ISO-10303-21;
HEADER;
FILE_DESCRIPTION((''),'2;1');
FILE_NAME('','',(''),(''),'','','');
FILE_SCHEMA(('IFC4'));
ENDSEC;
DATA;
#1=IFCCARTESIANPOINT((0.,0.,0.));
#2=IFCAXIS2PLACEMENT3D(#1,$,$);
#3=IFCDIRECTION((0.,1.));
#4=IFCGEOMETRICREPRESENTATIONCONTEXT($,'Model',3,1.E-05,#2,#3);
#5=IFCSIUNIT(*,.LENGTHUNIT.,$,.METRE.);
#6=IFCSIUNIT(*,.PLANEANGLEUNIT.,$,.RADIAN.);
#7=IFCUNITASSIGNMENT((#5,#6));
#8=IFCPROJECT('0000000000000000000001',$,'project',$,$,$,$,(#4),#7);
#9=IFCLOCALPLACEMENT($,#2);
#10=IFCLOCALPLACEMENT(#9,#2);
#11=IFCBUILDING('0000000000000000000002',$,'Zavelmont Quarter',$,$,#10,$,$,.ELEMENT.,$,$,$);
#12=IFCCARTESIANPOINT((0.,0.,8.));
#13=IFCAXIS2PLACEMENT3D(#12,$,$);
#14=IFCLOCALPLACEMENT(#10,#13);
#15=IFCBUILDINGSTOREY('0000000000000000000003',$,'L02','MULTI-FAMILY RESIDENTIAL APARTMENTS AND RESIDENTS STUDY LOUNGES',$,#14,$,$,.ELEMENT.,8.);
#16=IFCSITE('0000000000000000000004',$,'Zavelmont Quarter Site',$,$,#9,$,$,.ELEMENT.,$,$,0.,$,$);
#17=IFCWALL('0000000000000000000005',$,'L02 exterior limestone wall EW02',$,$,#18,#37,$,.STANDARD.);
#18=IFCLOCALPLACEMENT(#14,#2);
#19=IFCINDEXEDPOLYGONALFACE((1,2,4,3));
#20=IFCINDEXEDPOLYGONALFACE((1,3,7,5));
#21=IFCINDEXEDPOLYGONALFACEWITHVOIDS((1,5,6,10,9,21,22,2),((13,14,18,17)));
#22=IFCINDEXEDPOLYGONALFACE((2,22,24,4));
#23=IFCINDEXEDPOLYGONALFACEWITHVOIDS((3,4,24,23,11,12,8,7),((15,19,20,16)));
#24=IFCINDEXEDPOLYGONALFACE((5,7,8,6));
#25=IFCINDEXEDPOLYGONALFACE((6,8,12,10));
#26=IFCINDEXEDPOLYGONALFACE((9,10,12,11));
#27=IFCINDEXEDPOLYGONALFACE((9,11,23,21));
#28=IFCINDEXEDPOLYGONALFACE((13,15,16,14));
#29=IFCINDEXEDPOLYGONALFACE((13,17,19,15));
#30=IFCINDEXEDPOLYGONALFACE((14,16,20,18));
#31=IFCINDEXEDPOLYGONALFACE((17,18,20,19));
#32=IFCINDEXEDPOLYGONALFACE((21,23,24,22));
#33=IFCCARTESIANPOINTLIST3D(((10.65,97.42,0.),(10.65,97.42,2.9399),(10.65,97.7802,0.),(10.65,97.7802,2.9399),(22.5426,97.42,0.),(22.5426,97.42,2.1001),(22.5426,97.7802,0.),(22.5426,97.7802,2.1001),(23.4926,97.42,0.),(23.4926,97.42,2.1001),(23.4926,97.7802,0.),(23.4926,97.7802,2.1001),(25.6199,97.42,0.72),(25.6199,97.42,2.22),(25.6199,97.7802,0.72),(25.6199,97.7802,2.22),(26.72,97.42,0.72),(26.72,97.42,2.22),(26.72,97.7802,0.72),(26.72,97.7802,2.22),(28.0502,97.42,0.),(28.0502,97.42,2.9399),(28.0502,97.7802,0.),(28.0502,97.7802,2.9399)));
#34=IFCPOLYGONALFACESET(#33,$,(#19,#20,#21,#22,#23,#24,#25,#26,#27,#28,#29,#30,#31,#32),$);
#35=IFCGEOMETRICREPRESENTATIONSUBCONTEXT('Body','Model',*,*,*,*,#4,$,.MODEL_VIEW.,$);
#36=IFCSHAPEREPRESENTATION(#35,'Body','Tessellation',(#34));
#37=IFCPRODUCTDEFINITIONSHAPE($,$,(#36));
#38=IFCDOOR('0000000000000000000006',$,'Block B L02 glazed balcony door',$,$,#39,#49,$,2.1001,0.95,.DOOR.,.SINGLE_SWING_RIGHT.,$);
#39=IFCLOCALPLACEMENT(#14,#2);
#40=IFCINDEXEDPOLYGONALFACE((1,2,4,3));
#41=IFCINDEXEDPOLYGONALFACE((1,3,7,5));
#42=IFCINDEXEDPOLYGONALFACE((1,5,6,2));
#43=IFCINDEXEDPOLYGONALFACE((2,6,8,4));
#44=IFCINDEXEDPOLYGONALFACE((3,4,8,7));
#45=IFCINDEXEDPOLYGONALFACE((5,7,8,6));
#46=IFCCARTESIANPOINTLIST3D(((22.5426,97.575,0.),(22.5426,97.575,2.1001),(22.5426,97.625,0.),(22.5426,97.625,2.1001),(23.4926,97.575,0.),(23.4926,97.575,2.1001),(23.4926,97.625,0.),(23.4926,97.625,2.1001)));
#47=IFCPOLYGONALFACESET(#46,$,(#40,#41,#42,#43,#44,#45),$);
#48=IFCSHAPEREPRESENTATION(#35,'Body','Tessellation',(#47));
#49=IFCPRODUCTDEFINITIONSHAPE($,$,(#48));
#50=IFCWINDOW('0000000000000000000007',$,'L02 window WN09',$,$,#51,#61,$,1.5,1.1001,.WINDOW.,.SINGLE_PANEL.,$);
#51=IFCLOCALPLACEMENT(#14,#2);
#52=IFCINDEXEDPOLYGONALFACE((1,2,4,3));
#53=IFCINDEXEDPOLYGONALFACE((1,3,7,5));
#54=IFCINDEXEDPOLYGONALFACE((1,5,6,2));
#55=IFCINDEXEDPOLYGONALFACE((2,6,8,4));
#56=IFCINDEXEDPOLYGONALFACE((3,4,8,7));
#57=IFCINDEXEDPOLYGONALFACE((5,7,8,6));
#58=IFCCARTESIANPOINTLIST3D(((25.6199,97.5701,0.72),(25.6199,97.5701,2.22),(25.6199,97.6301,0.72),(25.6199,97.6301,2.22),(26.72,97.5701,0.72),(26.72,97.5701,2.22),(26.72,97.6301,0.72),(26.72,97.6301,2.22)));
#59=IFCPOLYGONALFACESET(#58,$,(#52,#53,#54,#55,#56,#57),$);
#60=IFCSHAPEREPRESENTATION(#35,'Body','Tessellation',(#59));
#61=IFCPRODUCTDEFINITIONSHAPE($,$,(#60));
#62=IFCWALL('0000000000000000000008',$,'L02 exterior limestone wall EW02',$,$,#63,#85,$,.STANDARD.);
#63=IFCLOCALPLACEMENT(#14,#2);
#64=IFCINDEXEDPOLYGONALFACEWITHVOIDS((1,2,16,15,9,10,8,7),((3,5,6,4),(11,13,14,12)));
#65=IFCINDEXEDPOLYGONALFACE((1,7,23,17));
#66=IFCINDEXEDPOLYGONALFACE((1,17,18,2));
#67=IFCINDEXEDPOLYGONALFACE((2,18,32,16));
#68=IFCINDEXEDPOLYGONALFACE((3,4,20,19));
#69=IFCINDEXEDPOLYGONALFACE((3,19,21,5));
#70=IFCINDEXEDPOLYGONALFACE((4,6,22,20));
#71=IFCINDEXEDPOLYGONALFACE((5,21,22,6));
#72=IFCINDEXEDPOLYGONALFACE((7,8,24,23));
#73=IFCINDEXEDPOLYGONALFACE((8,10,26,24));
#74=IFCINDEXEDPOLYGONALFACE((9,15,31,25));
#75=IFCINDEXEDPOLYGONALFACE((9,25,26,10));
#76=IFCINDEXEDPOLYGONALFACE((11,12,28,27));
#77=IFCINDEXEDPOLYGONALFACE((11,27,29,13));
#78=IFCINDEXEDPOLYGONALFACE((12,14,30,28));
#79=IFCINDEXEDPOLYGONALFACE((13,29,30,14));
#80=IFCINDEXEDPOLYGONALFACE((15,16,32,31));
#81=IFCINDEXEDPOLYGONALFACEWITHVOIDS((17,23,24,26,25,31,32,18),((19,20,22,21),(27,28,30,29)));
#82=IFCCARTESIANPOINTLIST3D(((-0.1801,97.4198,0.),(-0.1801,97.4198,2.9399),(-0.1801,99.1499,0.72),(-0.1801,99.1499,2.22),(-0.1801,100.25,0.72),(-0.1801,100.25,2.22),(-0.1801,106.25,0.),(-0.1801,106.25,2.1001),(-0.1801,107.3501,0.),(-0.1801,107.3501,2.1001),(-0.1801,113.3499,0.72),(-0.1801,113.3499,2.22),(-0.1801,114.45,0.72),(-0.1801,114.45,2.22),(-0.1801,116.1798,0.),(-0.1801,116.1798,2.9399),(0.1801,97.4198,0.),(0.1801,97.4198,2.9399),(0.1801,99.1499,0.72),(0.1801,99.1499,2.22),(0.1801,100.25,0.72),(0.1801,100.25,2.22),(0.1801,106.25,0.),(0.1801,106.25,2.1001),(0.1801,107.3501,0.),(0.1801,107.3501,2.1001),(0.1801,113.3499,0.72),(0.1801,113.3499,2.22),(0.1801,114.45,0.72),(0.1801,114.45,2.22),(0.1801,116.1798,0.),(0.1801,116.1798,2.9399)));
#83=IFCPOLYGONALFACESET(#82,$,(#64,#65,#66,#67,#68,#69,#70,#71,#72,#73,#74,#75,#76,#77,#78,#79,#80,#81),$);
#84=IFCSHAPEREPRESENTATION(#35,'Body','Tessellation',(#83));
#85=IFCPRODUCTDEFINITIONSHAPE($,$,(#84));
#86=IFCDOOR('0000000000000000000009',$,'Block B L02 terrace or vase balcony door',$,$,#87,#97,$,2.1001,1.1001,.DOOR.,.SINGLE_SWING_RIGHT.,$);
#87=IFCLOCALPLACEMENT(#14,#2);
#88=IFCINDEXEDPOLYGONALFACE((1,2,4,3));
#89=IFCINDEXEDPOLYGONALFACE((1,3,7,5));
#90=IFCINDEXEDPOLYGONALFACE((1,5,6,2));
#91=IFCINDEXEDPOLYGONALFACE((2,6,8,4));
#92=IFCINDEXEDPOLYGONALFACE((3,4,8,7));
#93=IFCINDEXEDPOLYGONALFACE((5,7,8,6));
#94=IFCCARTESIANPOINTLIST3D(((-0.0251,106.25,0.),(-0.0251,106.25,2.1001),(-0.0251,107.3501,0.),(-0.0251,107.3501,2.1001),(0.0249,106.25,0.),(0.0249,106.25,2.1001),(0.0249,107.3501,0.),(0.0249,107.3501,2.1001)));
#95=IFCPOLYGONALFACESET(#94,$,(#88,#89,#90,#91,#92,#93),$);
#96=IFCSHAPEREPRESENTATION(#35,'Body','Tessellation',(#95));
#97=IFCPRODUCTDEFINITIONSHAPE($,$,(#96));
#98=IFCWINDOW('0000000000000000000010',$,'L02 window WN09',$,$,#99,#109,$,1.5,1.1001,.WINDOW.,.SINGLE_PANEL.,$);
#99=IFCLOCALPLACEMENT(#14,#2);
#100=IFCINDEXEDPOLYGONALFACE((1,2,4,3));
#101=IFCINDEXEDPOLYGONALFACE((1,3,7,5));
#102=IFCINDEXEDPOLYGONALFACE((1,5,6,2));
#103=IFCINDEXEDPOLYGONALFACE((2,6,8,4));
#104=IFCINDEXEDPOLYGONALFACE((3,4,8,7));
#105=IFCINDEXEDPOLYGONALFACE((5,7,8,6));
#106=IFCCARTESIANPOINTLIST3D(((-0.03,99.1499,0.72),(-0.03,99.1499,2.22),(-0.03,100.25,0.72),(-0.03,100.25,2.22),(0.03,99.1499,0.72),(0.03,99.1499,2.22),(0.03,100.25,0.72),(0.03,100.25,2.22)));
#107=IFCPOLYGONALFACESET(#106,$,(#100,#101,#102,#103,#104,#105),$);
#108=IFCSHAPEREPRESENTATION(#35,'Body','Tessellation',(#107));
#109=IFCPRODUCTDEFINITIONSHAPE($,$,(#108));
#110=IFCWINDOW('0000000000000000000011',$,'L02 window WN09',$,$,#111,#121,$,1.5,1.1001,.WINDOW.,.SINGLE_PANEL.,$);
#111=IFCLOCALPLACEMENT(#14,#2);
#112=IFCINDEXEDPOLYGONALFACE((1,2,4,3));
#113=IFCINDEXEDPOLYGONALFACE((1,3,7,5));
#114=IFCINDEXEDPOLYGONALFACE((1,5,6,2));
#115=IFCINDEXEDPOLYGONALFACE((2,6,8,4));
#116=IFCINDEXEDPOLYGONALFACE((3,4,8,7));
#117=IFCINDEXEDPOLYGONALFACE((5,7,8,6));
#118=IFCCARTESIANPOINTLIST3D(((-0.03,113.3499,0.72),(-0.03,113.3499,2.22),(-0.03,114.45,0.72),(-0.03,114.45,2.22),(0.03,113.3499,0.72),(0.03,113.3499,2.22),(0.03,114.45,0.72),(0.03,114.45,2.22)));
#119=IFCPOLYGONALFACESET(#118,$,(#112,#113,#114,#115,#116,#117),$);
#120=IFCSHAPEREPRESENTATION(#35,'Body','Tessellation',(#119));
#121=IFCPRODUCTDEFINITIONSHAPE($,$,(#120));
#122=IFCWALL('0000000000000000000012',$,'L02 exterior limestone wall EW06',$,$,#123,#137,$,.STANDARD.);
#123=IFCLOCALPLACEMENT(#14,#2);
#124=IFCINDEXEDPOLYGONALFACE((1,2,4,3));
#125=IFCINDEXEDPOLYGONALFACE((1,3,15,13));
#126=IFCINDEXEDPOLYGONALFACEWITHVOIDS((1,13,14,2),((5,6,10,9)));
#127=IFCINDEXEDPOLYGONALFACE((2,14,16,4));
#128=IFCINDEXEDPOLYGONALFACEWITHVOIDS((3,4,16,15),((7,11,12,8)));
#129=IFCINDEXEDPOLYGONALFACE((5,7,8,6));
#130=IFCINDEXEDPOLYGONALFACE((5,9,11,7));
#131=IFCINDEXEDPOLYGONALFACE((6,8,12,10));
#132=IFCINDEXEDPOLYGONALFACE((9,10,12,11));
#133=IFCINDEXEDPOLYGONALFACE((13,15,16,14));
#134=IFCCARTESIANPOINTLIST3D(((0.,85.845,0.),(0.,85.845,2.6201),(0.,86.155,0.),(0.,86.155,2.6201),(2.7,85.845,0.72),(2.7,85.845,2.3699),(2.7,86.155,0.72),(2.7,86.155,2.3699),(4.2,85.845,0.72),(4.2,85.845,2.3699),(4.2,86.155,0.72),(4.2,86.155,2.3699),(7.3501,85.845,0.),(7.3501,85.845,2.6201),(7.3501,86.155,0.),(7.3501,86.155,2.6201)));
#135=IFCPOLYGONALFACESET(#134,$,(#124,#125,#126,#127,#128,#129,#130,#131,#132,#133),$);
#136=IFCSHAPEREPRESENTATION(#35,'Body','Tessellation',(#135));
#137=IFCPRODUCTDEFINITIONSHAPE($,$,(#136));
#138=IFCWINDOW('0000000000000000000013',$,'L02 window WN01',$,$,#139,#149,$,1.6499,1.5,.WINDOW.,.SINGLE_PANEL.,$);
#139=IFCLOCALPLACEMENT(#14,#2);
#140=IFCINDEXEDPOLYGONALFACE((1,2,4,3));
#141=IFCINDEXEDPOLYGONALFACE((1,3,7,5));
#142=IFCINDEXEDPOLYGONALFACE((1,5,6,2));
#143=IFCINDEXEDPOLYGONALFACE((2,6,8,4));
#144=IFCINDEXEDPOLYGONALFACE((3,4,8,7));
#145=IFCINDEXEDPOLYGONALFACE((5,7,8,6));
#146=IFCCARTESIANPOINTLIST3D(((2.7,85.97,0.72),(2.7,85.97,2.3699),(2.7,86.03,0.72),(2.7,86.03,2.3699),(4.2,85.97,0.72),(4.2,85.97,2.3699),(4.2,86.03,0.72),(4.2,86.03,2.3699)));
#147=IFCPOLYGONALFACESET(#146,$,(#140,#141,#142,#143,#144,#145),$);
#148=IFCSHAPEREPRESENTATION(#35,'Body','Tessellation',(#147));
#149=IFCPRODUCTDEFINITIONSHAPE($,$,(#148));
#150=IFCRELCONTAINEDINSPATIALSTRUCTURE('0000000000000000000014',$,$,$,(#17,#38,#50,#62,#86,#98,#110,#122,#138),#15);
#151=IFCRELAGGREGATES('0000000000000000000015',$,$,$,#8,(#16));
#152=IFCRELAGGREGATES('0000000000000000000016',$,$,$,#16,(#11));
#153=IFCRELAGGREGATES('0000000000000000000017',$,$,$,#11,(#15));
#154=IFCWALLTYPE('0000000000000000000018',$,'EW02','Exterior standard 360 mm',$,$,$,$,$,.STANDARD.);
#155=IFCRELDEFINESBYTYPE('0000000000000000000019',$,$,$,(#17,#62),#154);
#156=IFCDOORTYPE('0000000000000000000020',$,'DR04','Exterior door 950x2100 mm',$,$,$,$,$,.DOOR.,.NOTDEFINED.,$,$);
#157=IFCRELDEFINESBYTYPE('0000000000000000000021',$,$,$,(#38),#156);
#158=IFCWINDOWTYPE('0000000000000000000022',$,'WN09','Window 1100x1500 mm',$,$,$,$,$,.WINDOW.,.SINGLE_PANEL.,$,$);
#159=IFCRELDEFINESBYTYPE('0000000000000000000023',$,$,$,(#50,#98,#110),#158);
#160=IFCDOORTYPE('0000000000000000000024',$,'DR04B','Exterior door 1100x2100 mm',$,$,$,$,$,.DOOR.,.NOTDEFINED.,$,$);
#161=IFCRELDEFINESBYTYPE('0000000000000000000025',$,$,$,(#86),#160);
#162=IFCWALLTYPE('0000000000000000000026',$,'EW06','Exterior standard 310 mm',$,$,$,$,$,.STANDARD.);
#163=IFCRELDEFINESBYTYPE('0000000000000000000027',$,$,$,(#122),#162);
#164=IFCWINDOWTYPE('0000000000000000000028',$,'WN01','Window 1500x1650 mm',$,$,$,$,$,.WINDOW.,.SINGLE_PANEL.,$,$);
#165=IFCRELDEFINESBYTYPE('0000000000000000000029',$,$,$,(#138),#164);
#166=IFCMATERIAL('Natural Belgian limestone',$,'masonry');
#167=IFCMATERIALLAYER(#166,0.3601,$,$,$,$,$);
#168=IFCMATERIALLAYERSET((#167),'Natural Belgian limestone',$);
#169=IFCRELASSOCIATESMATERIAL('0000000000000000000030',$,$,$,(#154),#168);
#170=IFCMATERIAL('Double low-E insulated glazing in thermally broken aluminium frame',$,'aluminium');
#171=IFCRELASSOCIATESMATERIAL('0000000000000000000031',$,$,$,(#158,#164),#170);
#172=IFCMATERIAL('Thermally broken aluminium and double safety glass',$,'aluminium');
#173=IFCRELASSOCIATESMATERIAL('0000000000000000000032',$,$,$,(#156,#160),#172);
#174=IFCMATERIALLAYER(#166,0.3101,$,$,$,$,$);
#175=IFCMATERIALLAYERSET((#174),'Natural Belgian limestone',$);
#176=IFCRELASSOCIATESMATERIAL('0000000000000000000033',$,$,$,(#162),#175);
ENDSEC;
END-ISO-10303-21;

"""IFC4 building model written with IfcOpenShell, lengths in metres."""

from ifc_helpers import new_model, si_unit, direction, frame, frame_2d, origin, origin_with_axes, place, context, subcontext, project, spatial, rectangle, extrude, material, layer, layer_set, type_object, element, fill, save


model = new_model("IFC4")

# Units and contexts
model_context = context("Model", 3, precision=1e-05, world=origin(), true_north=direction((0.0, 1.0)))
body_context = subcontext(model_context, "Body", "Model", "MODEL_VIEW")
ifc_project = project(units=[si_unit("LENGTHUNIT", "METRE"), si_unit("PLANEANGLEUNIT", "RADIAN")], contexts=[model_context])

# Site, building, storey
site_placement = place(None, origin())
site = spatial("IfcSite", under=ifc_project, at=site_placement, Name="Zavelmont Quarter Site", CompositionType="ELEMENT", RefElevation=0.0)
building_placement = place(site_placement, origin())
building = spatial("IfcBuilding", under=site, at=building_placement, Name="Zavelmont Quarter", CompositionType="ELEMENT")
storey_placement = place(building_placement, frame((0.0, 0.0, 8.0)))
storey = spatial("IfcBuildingStorey", under=building, at=storey_placement, Name="L02", Description="MULTI-FAMILY RESIDENTIAL APARTMENTS AND RESIDENTS STUDY LOUNGES", CompositionType="ELEMENT", Elevation=8.0)

# Shared definitions
ifc_material_1 = material(Name="Natural Belgian limestone", Category="masonry")
ifc_layer_1 = layer(ifc_material_1, 0.3601)
ifc_layer_set_1 = layer_set([ifc_layer_1], Name="Natural Belgian limestone")
wall_type_1 = type_object("IfcWallType", Name="EW02", Description="Exterior standard 360 mm", PredefinedType="STANDARD", material=ifc_layer_set_1)
ifc_material_2 = material(Name="Double low-E insulated glazing in thermally broken aluminium frame", Category="aluminium")
window_type_1 = type_object("IfcWindowType", Name="WN09", Description="Window 1100x1500 mm", PartitioningType="SINGLE_PANEL", PredefinedType="WINDOW", material=ifc_material_2)

# Wall, openings, door, window
wall_1_placement = place(storey_placement, frame((10.6499, 97.6001, 0.0), z_axis=(0.0, 0.0, 1.0), x_axis=(1.0, 0.0, 0.0)))
wall_1 = element("IfcWall", 1, at=wall_1_placement, inside=storey, type_object=wall_type_1, Name="L02 exterior limestone wall EW02", PredefinedType="STANDARD", context=body_context, shape_type="SweptSolid", body=[
    extrude(rectangle(XDim=17.4001, YDim=0.3601, at=frame_2d((8.7002, 0.0))), origin(), (0.0, 0.0, 1.0), 2.9399),
])
opening_1_placement = place(wall_1_placement, frame((11.8926, 0.0, 0.0)))
opening_1 = element("IfcOpeningElement", 2, at=opening_1_placement, cuts=wall_1, PredefinedType="OPENING", context=body_context, shape_type="SweptSolid", body=[
    extrude(rectangle(XDim=0.95, YDim=2.1001, at=frame_2d((0.4751, 1.05))), frame((0.0, 0.1919, 0.0), z_axis=(0.0, -1.0, 0.0), x_axis=(1.0, 0.0, 0.0)), (0.0, 0.0, 1.0), 0.384),
])
opening_2_placement = place(wall_1_placement, frame((14.97, 0.0, 0.72)))
opening_2 = element("IfcOpeningElement", 3, at=opening_2_placement, cuts=wall_1, PredefinedType="OPENING", context=body_context, shape_type="SweptSolid", body=[
    extrude(rectangle(XDim=1.1001, YDim=1.5, at=frame_2d((0.55, 0.75))), frame((0.0, 0.1919, 0.0), z_axis=(0.0, -1.0, 0.0), x_axis=(1.0, 0.0, 0.0)), (0.0, 0.0, 1.0), 0.384),
])
ifc_material_3 = material(Name="Thermally broken aluminium and double safety glass", Category="aluminium")
door_type_1 = type_object("IfcDoorType", Name="DR04", Description="Exterior door 950x2100 mm", OperationType="NOTDEFINED", PredefinedType="DOOR", material=ifc_material_3)
door_1_placement = place(opening_1_placement, origin_with_axes())
door_1 = element("IfcDoor", 4, at=door_1_placement, inside=storey, type_object=door_type_1, Name="Block B L02 glazed balcony door", OperationType="SINGLE_SWING_RIGHT", OverallHeight=2.1001, OverallWidth=0.95, PredefinedType="DOOR", context=body_context, shape_type="SweptSolid", body=[
    extrude(rectangle(XDim=0.95, YDim=2.1001, at=frame_2d((0.4751, 1.05))), frame((0.0, 0.0249, 0.0), z_axis=(0.0, -1.0, 0.0), x_axis=(1.0, 0.0, 0.0)), (0.0, 0.0, 1.0), 0.05),
])
fill(opening_1, door_1)
window_1_placement = place(opening_2_placement, origin_with_axes())
window_1 = element("IfcWindow", 5, at=window_1_placement, inside=storey, type_object=window_type_1, Name="L02 window WN09", OverallHeight=1.5, OverallWidth=1.1001, PartitioningType="SINGLE_PANEL", PredefinedType="WINDOW", context=body_context, shape_type="SweptSolid", body=[
    extrude(rectangle(XDim=1.1001, YDim=1.5, at=frame_2d((0.55, 0.75))), frame((0.0, 0.03, 0.0), z_axis=(0.0, -1.0, 0.0), x_axis=(1.0, 0.0, 0.0)), (0.0, 0.0, 1.0), 0.0601),
])
fill(opening_2, window_1)

# Wall, openings, door, windows
wall_2_placement = place(storey_placement, frame((0.0, 97.4199, 0.0), z_axis=(0.0, 0.0, 1.0), x_axis=(0.0, 1.0, 0.0)))
wall_2 = element("IfcWall", 6, at=wall_2_placement, inside=storey, type_object=wall_type_1, Name="L02 exterior limestone wall EW02", PredefinedType="STANDARD", context=body_context, shape_type="SweptSolid", body=[
    extrude(rectangle(XDim=18.76, YDim=0.3601, at=frame_2d((9.3799, 0.0))), origin(), (0.0, 0.0, 1.0), 2.9399),
])
opening_3_placement = place(wall_2_placement, frame((8.8301, 0.0, 0.0)))
opening_3 = element("IfcOpeningElement", 7, at=opening_3_placement, cuts=wall_2, PredefinedType="OPENING", context=body_context, shape_type="SweptSolid", body=[
    extrude(rectangle(XDim=1.1001, YDim=2.1001, at=frame_2d((0.55, 1.05))), frame((0.0, 0.1919, 0.0), z_axis=(0.0, -1.0, 0.0), x_axis=(1.0, 0.0, 0.0)), (0.0, 0.0, 1.0), 0.384),
])
opening_4_placement = place(wall_2_placement, frame((1.73, 0.0, 0.72)))
opening_4 = element("IfcOpeningElement", 8, at=opening_4_placement, cuts=wall_2, PredefinedType="OPENING", context=body_context, shape_type="SweptSolid", body=[
    extrude(rectangle(XDim=1.1001, YDim=1.5, at=frame_2d((0.55, 0.75))), frame((0.0, 0.1919, 0.0), z_axis=(0.0, -1.0, 0.0), x_axis=(1.0, 0.0, 0.0)), (0.0, 0.0, 1.0), 0.384),
])
opening_5_placement = place(wall_2_placement, frame((15.9299, 0.0, 0.72)))
opening_5 = element("IfcOpeningElement", 9, at=opening_5_placement, cuts=wall_2, PredefinedType="OPENING", context=body_context, shape_type="SweptSolid", body=[
    extrude(rectangle(XDim=1.1001, YDim=1.5, at=frame_2d((0.55, 0.75))), frame((0.0, 0.1919, 0.0), z_axis=(0.0, -1.0, 0.0), x_axis=(1.0, 0.0, 0.0)), (0.0, 0.0, 1.0), 0.384),
])
door_type_2 = type_object("IfcDoorType", Name="DR04B", Description="Exterior door 1100x2100 mm", OperationType="NOTDEFINED", PredefinedType="DOOR", material=ifc_material_3)
door_2_placement = place(opening_3_placement, frame((1.1001, 0.0, 0.0), z_axis=(0.0, 0.0, 1.0), x_axis=(-1.0, 0.0, 0.0)))
door_2 = element("IfcDoor", 10, at=door_2_placement, inside=storey, type_object=door_type_2, Name="Block B L02 terrace or vase balcony door", OperationType="SINGLE_SWING_RIGHT", OverallHeight=2.1001, OverallWidth=1.1001, PredefinedType="DOOR", context=body_context, shape_type="SweptSolid", body=[
    extrude(rectangle(XDim=1.1001, YDim=2.1001, at=frame_2d((0.55, 1.05))), frame((0.0, 0.0249, 0.0), z_axis=(0.0, -1.0, 0.0), x_axis=(1.0, 0.0, 0.0)), (0.0, 0.0, 1.0), 0.05),
])
fill(opening_3, door_2)
window_2_placement = place(opening_4_placement, origin_with_axes())
window_2 = element("IfcWindow", 11, at=window_2_placement, inside=storey, type_object=window_type_1, Name="L02 window WN09", OverallHeight=1.5, OverallWidth=1.1001, PartitioningType="SINGLE_PANEL", PredefinedType="WINDOW", context=body_context, shape_type="SweptSolid", body=[
    extrude(rectangle(XDim=1.1001, YDim=1.5, at=frame_2d((0.55, 0.75))), frame((0.0, 0.03, 0.0), z_axis=(0.0, -1.0, 0.0), x_axis=(1.0, 0.0, 0.0)), (0.0, 0.0, 1.0), 0.0601),
])
fill(opening_4, window_2)
window_3_placement = place(opening_5_placement, origin_with_axes())
window_3 = element("IfcWindow", 12, at=window_3_placement, inside=storey, type_object=window_type_1, Name="L02 window WN09", OverallHeight=1.5, OverallWidth=1.1001, PartitioningType="SINGLE_PANEL", PredefinedType="WINDOW", context=body_context, shape_type="SweptSolid", body=[
    extrude(rectangle(XDim=1.1001, YDim=1.5, at=frame_2d((0.55, 0.75))), frame((0.0, 0.03, 0.0), z_axis=(0.0, -1.0, 0.0), x_axis=(1.0, 0.0, 0.0)), (0.0, 0.0, 1.0), 0.0601),
])
fill(opening_5, window_3)

# Wall, opening, window
ifc_layer_2 = layer(ifc_material_1, 0.3101)
ifc_layer_set_2 = layer_set([ifc_layer_2], Name="Natural Belgian limestone")
wall_type_2 = type_object("IfcWallType", Name="EW06", Description="Exterior standard 310 mm", PredefinedType="STANDARD", material=ifc_layer_set_2)
wall_3_placement = place(storey_placement, frame((0.0, 86.0, 0.0), z_axis=(0.0, 0.0, 1.0), x_axis=(1.0, 0.0, 0.0)))
wall_3 = element("IfcWall", 13, at=wall_3_placement, inside=storey, type_object=wall_type_2, Name="L02 exterior limestone wall EW06", PredefinedType="STANDARD", context=body_context, shape_type="SweptSolid", body=[
    extrude(rectangle(XDim=7.3501, YDim=0.3101, at=frame_2d((3.675, 0.0))), origin(), (0.0, 0.0, 1.0), 2.6201),
])
opening_6_placement = place(wall_3_placement, frame((2.7, 0.0, 0.72)))
opening_6 = element("IfcOpeningElement", 14, at=opening_6_placement, cuts=wall_3, PredefinedType="OPENING", context=body_context, shape_type="SweptSolid", body=[
    extrude(rectangle(XDim=1.5, YDim=1.6499, at=frame_2d((0.75, 0.825))), frame((0.0, 0.167, 0.0), z_axis=(0.0, -1.0, 0.0), x_axis=(1.0, 0.0, 0.0)), (0.0, 0.0, 1.0), 0.334),
])
window_type_2 = type_object("IfcWindowType", Name="WN01", Description="Window 1500x1650 mm", PartitioningType="SINGLE_PANEL", PredefinedType="WINDOW", material=ifc_material_2)
window_4_placement = place(opening_6_placement, origin_with_axes())
window_4 = element("IfcWindow", 15, at=window_4_placement, inside=storey, type_object=window_type_2, Name="L02 window WN01", OverallHeight=1.6499, OverallWidth=1.5, PartitioningType="SINGLE_PANEL", PredefinedType="WINDOW", context=body_context, shape_type="SweptSolid", body=[
    extrude(rectangle(XDim=1.5, YDim=1.6499, at=frame_2d((0.75, 0.825))), frame((0.0, 0.03, 0.0), z_axis=(0.0, -1.0, 0.0), x_axis=(1.0, 0.0, 0.0)), (0.0, 0.0, 1.0), 0.0601),
])
fill(opening_6, window_4)

save(model, "model.ifc")
